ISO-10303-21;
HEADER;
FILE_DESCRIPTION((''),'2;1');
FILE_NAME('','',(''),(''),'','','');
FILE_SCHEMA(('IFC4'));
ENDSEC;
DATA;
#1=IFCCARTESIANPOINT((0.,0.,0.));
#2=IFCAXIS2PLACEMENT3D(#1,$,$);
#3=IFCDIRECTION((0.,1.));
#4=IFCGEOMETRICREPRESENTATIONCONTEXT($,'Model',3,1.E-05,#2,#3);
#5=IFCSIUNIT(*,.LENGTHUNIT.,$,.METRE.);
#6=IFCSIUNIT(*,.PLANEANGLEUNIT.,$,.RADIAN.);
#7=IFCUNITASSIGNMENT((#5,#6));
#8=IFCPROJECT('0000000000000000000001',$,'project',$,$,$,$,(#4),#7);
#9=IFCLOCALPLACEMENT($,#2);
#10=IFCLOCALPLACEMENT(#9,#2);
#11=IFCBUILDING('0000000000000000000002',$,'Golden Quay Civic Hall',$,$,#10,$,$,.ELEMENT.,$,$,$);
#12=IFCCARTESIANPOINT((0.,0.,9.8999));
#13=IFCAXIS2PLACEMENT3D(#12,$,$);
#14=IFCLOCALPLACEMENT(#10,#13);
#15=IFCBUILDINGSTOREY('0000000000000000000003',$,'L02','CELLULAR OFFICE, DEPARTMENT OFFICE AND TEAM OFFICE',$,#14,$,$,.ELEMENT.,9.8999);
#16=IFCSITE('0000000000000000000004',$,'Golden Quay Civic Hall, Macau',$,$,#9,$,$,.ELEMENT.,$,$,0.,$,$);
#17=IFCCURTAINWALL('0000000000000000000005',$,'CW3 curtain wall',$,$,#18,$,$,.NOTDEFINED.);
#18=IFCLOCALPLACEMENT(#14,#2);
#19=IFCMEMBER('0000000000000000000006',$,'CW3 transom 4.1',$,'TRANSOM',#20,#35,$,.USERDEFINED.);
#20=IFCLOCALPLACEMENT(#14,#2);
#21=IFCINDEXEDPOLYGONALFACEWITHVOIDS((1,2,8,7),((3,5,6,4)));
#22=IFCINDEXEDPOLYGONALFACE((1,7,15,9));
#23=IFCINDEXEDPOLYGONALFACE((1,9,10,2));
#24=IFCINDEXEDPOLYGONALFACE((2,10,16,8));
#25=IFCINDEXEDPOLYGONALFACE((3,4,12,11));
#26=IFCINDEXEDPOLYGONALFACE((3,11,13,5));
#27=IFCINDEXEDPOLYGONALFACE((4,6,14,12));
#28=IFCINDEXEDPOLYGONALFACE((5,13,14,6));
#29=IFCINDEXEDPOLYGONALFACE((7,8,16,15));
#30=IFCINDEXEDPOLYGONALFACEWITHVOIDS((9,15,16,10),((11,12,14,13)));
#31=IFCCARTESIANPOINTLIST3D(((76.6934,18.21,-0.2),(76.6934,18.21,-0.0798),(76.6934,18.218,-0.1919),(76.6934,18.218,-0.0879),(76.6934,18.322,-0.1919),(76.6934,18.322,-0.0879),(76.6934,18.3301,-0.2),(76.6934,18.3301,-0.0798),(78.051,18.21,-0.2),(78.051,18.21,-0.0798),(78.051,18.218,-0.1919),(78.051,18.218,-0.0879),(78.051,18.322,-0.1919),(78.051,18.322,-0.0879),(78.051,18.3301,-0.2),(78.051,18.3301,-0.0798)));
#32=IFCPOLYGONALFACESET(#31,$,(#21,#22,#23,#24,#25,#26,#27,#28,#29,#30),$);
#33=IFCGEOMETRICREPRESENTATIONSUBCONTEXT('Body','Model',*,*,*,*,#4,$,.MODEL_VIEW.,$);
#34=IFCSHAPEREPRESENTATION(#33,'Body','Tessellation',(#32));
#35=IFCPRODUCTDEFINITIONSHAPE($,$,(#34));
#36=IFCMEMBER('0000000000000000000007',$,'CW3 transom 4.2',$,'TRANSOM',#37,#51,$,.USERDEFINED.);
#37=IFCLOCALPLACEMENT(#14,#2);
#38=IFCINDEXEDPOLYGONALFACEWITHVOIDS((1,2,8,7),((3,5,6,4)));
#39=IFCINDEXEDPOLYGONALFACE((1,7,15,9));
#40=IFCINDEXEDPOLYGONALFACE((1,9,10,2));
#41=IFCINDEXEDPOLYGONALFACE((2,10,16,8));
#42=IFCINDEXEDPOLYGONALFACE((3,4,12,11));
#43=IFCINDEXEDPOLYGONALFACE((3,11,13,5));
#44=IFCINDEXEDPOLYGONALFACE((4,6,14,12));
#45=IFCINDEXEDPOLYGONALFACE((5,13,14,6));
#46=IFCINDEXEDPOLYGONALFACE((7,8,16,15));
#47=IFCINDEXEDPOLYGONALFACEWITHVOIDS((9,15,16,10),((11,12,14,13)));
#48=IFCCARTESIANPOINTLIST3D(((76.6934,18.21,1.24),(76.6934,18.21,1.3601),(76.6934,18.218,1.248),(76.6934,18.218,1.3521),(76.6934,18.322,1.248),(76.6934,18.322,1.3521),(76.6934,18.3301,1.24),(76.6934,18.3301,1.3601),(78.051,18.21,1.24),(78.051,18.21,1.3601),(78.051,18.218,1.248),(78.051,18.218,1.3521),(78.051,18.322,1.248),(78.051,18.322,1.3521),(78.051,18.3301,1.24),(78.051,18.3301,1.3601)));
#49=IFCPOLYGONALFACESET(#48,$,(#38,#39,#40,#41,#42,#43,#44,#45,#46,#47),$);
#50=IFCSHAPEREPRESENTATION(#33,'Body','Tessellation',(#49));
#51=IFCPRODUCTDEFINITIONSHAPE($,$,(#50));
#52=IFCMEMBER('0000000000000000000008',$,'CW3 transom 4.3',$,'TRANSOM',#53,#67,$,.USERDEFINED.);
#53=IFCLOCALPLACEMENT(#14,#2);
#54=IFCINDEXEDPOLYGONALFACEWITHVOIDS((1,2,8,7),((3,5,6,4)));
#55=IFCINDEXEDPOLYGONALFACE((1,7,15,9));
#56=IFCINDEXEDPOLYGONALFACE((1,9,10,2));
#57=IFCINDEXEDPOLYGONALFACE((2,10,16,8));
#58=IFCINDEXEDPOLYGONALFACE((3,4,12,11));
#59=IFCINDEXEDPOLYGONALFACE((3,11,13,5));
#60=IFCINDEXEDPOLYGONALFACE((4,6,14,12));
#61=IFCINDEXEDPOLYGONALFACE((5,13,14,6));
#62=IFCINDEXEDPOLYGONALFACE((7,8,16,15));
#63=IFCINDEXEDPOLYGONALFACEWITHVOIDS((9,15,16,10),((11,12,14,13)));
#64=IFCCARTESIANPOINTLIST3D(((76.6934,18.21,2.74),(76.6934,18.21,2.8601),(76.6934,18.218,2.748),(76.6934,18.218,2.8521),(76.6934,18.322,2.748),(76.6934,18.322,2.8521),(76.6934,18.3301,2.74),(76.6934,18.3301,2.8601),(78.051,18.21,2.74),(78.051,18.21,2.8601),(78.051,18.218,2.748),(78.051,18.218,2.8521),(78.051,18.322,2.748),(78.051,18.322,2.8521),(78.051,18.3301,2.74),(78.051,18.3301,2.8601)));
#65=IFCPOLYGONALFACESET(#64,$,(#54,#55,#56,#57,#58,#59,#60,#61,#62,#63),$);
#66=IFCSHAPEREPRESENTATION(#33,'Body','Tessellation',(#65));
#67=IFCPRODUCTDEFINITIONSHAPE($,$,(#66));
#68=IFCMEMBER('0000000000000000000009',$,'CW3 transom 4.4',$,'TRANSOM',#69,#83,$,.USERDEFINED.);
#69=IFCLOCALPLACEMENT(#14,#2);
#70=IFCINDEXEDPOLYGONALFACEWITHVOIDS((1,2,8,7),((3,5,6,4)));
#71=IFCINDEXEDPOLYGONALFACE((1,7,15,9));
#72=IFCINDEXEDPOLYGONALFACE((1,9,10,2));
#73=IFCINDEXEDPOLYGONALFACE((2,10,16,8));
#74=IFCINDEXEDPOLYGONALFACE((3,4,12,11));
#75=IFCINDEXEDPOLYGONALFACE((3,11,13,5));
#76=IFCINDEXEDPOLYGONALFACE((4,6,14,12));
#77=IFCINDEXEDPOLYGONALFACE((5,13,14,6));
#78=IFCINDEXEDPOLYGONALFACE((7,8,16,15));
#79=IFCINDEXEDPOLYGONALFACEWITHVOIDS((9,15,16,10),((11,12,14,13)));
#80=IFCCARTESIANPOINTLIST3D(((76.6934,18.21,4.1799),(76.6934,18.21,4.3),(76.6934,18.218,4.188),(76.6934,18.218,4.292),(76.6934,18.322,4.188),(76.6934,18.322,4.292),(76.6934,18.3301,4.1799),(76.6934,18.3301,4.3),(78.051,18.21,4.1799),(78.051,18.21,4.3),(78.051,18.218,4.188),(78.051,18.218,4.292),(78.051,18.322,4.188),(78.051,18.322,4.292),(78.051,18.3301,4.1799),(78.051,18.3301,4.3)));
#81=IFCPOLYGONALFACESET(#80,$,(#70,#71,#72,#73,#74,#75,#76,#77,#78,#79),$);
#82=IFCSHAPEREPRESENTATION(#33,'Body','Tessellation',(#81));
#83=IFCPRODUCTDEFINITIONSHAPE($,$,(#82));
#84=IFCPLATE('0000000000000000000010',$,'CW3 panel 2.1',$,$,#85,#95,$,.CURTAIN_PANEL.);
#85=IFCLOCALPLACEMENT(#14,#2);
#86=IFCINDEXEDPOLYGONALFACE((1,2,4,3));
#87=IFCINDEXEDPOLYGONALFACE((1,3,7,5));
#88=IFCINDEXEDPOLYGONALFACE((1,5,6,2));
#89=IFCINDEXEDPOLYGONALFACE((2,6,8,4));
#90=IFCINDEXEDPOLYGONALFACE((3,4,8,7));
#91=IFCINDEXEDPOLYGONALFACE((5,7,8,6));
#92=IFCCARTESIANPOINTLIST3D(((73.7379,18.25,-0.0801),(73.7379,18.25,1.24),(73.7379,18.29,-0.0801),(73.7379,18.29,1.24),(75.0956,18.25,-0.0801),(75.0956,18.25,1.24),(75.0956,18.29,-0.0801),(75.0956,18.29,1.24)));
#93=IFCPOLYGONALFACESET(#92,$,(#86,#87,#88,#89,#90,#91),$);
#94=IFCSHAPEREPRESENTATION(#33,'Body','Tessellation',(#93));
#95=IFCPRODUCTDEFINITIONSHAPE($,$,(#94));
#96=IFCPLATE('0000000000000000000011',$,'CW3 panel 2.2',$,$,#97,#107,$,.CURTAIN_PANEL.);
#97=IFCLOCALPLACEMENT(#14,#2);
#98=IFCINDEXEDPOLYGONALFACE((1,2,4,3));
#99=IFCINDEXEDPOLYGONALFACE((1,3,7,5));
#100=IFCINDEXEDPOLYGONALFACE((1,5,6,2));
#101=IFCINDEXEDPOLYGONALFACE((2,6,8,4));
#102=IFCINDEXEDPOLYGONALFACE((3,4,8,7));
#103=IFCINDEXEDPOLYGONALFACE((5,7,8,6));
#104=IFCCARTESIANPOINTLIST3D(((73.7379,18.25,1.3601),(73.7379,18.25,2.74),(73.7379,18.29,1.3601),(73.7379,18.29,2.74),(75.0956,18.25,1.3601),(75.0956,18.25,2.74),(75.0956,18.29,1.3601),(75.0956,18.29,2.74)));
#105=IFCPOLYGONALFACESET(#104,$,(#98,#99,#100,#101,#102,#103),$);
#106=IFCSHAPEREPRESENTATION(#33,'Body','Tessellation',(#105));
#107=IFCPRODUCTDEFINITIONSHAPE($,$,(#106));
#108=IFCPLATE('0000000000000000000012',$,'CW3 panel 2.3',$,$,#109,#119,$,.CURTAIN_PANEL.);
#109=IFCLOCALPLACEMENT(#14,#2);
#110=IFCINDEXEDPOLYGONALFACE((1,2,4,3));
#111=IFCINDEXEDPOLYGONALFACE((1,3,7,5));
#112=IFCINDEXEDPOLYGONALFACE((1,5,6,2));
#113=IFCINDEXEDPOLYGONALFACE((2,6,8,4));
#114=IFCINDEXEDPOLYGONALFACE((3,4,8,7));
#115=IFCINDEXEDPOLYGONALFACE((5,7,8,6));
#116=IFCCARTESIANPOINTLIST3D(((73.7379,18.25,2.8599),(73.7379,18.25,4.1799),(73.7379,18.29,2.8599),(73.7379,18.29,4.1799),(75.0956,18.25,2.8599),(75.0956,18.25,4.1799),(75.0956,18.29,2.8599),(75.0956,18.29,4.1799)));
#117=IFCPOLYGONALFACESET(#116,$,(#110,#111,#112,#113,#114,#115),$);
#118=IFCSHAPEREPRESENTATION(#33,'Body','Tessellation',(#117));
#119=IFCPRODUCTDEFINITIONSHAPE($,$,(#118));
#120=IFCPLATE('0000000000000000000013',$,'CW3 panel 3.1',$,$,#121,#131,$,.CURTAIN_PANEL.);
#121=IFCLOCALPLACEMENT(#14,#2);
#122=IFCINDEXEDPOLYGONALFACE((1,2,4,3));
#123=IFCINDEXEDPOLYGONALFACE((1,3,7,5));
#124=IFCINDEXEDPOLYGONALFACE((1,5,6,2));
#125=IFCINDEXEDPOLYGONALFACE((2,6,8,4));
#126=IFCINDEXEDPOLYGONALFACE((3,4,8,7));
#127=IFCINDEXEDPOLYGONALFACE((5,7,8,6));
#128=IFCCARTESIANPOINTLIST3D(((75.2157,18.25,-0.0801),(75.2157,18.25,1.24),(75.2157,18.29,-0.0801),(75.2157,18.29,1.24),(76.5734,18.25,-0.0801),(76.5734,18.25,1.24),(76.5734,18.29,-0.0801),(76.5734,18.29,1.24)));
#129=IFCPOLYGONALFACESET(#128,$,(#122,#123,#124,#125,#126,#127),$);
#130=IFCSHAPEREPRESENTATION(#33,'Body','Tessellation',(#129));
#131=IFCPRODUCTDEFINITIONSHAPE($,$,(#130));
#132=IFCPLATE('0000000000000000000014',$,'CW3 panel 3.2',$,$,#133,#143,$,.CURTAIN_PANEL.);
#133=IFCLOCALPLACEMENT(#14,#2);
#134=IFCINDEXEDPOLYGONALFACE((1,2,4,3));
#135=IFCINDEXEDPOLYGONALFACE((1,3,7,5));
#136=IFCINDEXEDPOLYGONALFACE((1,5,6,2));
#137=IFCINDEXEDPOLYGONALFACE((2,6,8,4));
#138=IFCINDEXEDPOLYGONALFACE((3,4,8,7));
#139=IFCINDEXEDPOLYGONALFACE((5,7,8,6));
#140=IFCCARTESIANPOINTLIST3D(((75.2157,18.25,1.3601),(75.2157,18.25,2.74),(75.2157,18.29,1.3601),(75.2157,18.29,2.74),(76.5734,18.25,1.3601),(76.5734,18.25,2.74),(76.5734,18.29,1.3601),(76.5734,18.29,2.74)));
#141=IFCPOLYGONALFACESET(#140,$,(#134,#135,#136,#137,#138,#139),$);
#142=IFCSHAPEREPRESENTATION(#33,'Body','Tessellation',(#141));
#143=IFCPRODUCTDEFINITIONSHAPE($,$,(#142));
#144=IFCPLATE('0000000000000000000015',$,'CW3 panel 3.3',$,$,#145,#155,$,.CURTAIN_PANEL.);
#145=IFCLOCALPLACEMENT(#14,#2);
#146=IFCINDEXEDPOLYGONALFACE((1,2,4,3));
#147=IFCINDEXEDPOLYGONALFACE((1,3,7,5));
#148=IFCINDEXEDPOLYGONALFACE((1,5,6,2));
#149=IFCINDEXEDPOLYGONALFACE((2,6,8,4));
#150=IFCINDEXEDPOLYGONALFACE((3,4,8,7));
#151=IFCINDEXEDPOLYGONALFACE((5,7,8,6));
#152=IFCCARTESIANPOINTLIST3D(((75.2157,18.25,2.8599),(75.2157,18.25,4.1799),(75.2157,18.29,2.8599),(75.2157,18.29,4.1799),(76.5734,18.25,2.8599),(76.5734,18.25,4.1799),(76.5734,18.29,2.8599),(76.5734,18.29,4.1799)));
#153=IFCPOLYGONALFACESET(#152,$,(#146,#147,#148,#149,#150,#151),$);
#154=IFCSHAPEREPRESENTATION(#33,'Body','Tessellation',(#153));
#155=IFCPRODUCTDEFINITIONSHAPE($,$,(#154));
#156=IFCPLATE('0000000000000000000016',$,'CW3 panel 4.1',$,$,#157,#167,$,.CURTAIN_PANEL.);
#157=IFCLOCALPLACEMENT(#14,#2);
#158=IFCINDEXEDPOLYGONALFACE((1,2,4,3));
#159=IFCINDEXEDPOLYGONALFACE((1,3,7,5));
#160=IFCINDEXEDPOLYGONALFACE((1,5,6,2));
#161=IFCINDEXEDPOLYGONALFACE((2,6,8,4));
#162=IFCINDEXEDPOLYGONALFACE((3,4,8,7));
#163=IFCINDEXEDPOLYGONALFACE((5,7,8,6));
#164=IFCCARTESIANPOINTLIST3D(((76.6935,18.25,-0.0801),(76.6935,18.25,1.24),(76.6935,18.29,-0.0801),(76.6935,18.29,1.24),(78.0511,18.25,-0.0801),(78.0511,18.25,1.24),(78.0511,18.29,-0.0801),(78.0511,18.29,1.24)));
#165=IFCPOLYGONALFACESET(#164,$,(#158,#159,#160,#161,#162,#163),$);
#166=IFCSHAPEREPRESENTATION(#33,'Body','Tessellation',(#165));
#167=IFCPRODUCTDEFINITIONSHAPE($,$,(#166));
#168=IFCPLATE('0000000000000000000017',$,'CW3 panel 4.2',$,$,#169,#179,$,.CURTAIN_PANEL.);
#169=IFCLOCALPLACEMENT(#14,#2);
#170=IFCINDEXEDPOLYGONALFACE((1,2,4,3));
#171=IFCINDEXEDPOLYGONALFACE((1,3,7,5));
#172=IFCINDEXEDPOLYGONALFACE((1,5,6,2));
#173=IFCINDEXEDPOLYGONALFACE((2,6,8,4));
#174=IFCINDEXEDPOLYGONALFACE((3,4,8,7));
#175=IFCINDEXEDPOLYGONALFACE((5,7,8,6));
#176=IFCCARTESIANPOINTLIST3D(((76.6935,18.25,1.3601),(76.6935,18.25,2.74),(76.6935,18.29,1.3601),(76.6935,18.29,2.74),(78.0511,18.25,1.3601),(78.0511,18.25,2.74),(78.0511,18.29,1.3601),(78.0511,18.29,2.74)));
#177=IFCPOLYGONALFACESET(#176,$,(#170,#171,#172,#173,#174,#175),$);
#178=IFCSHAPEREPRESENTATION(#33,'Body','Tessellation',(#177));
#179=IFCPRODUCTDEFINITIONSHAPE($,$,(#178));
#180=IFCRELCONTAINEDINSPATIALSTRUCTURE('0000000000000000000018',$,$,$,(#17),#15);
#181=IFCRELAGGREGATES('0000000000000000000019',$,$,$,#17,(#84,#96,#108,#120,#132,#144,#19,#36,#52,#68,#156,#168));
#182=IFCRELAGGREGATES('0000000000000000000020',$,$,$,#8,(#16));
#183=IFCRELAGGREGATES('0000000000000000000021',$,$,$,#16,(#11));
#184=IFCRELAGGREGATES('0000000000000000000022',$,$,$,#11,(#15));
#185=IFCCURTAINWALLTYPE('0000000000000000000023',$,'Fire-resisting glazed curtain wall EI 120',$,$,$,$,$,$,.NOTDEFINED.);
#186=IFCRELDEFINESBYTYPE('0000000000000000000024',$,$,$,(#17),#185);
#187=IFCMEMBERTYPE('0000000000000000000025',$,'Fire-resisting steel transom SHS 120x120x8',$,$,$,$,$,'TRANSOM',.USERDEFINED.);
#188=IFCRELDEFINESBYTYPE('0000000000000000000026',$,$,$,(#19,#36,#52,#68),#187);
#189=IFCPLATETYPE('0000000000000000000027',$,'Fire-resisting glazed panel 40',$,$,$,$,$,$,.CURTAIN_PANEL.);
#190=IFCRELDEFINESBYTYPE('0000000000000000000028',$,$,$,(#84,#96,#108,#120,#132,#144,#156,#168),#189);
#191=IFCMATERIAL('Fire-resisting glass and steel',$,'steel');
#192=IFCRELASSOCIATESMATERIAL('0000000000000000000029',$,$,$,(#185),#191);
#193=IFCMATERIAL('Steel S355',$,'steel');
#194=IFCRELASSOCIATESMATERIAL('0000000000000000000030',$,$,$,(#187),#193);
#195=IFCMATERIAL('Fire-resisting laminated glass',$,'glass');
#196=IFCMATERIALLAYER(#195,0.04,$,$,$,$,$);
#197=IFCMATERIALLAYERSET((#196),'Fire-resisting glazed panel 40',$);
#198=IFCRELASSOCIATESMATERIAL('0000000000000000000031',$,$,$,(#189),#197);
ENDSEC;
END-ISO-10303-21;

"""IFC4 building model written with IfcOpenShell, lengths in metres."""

from ifc_helpers import new_model, si_unit, direction, frame, origin, origin_2d, place, context, subcontext, project, spatial, rectangle, hollow_rectangle, extrude, material, layer, layer_set, material_profile, profile_set, type_object, element, aggregate, save


model = new_model("IFC4")

# Units and contexts
model_context = context("Model", 3, precision=1e-05, world=origin(), true_north=direction((0.0, 1.0)))
body_context = subcontext(model_context, "Body", "Model", "MODEL_VIEW")
ifc_project = project(units=[si_unit("LENGTHUNIT", "METRE"), si_unit("PLANEANGLEUNIT", "RADIAN")], contexts=[model_context])

# Site, building, storey
site_placement = place(None, origin())
site = spatial("IfcSite", under=ifc_project, at=site_placement, Name="Golden Quay Civic Hall, Macau", CompositionType="ELEMENT", RefElevation=0.0)
building_placement = place(site_placement, origin())
building = spatial("IfcBuilding", under=site, at=building_placement, Name="Golden Quay Civic Hall", CompositionType="ELEMENT")
storey_placement = place(building_placement, frame((0.0, 0.0, 9.8999)))
storey = spatial("IfcBuildingStorey", under=building, at=storey_placement, Name="L02", Description="CELLULAR OFFICE, DEPARTMENT OFFICE AND TEAM OFFICE", CompositionType="ELEMENT", Elevation=9.8999)

# Curtain wall, members, plates
ifc_material_1 = material(Name="Fire-resisting glass and steel", Category="steel")
curtain_wall_type = type_object("IfcCurtainWallType", Name="Fire-resisting glazed curtain wall EI 120", PredefinedType="NOTDEFINED", material=ifc_material_1)
curtain_wall_placement = place(storey_placement, origin())
curtain_wall = element("IfcCurtainWall", 1, at=curtain_wall_placement, inside=storey, type_object=curtain_wall_type, Name="CW3 curtain wall", PredefinedType="NOTDEFINED")
ifc_material_2 = material(Name="Steel S355", Category="steel")
ifc_material_profile_1 = material_profile(ifc_material_2, hollow_rectangle(XDim=0.1201, YDim=0.1201, WallThickness=0.0081, at=origin_2d()), Name="SHS 120x120x8")
ifc_profile_set_1 = profile_set([ifc_material_profile_1], Name="Steel S355")
member_type_1 = type_object("IfcMemberType", Name="Fire-resisting steel transom SHS 120x120x8", ElementType="TRANSOM", PredefinedType="USERDEFINED", material=ifc_profile_set_1)
member_1_placement = place(storey_placement, frame((76.6934, 18.27, -0.1399), z_axis=(1.0, 0.0, 0.0), x_axis=(0.0, 1.0, 0.0)))
member_1 = element("IfcMember", 2, at=member_1_placement, type_object=member_type_1, Name="CW3 transom 4.1", ObjectType="TRANSOM", PredefinedType="USERDEFINED", context=body_context, shape_type="SweptSolid", body=[
    extrude(hollow_rectangle(XDim=0.1201, YDim=0.1201, WallThickness=0.0081, at=origin_2d()), origin(), (0.0, 0.0, 1.0), 1.3577),
])
member_2_placement = place(storey_placement, frame((76.6934, 18.27, 1.3), z_axis=(1.0, 0.0, 0.0), x_axis=(0.0, 1.0, 0.0)))
member_2 = element("IfcMember", 3, at=member_2_placement, type_object=member_type_1, Name="CW3 transom 4.2", ObjectType="TRANSOM", PredefinedType="USERDEFINED", context=body_context, shape_type="SweptSolid", body=[
    extrude(hollow_rectangle(XDim=0.1201, YDim=0.1201, WallThickness=0.0081, at=origin_2d()), origin(), (0.0, 0.0, 1.0), 1.3577),
])
member_3_placement = place(storey_placement, frame((76.6934, 18.27, 2.8), z_axis=(1.0, 0.0, 0.0), x_axis=(0.0, 1.0, 0.0)))
member_3 = element("IfcMember", 4, at=member_3_placement, type_object=member_type_1, Name="CW3 transom 4.3", ObjectType="TRANSOM", PredefinedType="USERDEFINED", context=body_context, shape_type="SweptSolid", body=[
    extrude(hollow_rectangle(XDim=0.1201, YDim=0.1201, WallThickness=0.0081, at=origin_2d()), origin(), (0.0, 0.0, 1.0), 1.3577),
])
member_4_placement = place(storey_placement, frame((76.6934, 18.27, 4.24), z_axis=(1.0, 0.0, 0.0), x_axis=(0.0, 1.0, 0.0)))
member_4 = element("IfcMember", 5, at=member_4_placement, type_object=member_type_1, Name="CW3 transom 4.4", ObjectType="TRANSOM", PredefinedType="USERDEFINED", context=body_context, shape_type="SweptSolid", body=[
    extrude(hollow_rectangle(XDim=0.1201, YDim=0.1201, WallThickness=0.0081, at=origin_2d()), origin(), (0.0, 0.0, 1.0), 1.3577),
])
ifc_material_3 = material(Name="Fire-resisting laminated glass", Category="glass")
ifc_layer = layer(ifc_material_3, 0.04)
ifc_layer_set = layer_set([ifc_layer], Name="Fire-resisting glazed panel 40")
plate_type = type_object("IfcPlateType", Name="Fire-resisting glazed panel 40", PredefinedType="CURTAIN_PANEL", material=ifc_layer_set)
plate_1_placement = place(storey_placement, frame((74.4167, 18.27, -0.0801), z_axis=(0.0, 0.0, 1.0), x_axis=(1.0, 0.0, 0.0)))
plate_1 = element("IfcPlate", 6, at=plate_1_placement, type_object=plate_type, Name="CW3 panel 2.1", PredefinedType="CURTAIN_PANEL", context=body_context, shape_type="SweptSolid", body=[
    extrude(rectangle(XDim=1.3577, YDim=0.04, at=origin_2d()), origin(), (0.0, 0.0, 1.0), 1.3201),
])
plate_2_placement = place(storey_placement, frame((74.4167, 18.27, 1.3601), z_axis=(0.0, 0.0, 1.0), x_axis=(1.0, 0.0, 0.0)))
plate_2 = element("IfcPlate", 7, at=plate_2_placement, type_object=plate_type, Name="CW3 panel 2.2", PredefinedType="CURTAIN_PANEL", context=body_context, shape_type="SweptSolid", body=[
    extrude(rectangle(XDim=1.3577, YDim=0.04, at=origin_2d()), origin(), (0.0, 0.0, 1.0), 1.3799),
])
plate_3_placement = place(storey_placement, frame((74.4167, 18.27, 2.8599), z_axis=(0.0, 0.0, 1.0), x_axis=(1.0, 0.0, 0.0)))
plate_3 = element("IfcPlate", 8, at=plate_3_placement, type_object=plate_type, Name="CW3 panel 2.3", PredefinedType="CURTAIN_PANEL", context=body_context, shape_type="SweptSolid", body=[
    extrude(rectangle(XDim=1.3577, YDim=0.04, at=origin_2d()), origin(), (0.0, 0.0, 1.0), 1.3201),
])
plate_4_placement = place(storey_placement, frame((75.8945, 18.27, -0.0801), z_axis=(0.0, 0.0, 1.0), x_axis=(1.0, 0.0, 0.0)))
plate_4 = element("IfcPlate", 9, at=plate_4_placement, type_object=plate_type, Name="CW3 panel 3.1", PredefinedType="CURTAIN_PANEL", context=body_context, shape_type="SweptSolid", body=[
    extrude(rectangle(XDim=1.3577, YDim=0.04, at=origin_2d()), origin(), (0.0, 0.0, 1.0), 1.3201),
])
plate_5_placement = place(storey_placement, frame((75.8945, 18.27, 1.3601), z_axis=(0.0, 0.0, 1.0), x_axis=(1.0, 0.0, 0.0)))
plate_5 = element("IfcPlate", 10, at=plate_5_placement, type_object=plate_type, Name="CW3 panel 3.2", PredefinedType="CURTAIN_PANEL", context=body_context, shape_type="SweptSolid", body=[
    extrude(rectangle(XDim=1.3577, YDim=0.04, at=origin_2d()), origin(), (0.0, 0.0, 1.0), 1.3799),
])
plate_6_placement = place(storey_placement, frame((75.8945, 18.27, 2.8599), z_axis=(0.0, 0.0, 1.0), x_axis=(1.0, 0.0, 0.0)))
plate_6 = element("IfcPlate", 11, at=plate_6_placement, type_object=plate_type, Name="CW3 panel 3.3", PredefinedType="CURTAIN_PANEL", context=body_context, shape_type="SweptSolid", body=[
    extrude(rectangle(XDim=1.3577, YDim=0.04, at=origin_2d()), origin(), (0.0, 0.0, 1.0), 1.3201),
])
plate_7_placement = place(storey_placement, frame((77.3723, 18.27, -0.0801), z_axis=(0.0, 0.0, 1.0), x_axis=(1.0, 0.0, 0.0)))
plate_7 = element("IfcPlate", 12, at=plate_7_placement, type_object=plate_type, Name="CW3 panel 4.1", PredefinedType="CURTAIN_PANEL", context=body_context, shape_type="SweptSolid", body=[
    extrude(rectangle(XDim=1.3577, YDim=0.04, at=origin_2d()), origin(), (0.0, 0.0, 1.0), 1.3201),
])
plate_8_placement = place(storey_placement, frame((77.3723, 18.27, 1.3601), z_axis=(0.0, 0.0, 1.0), x_axis=(1.0, 0.0, 0.0)))
plate_8 = element("IfcPlate", 13, at=plate_8_placement, type_object=plate_type, Name="CW3 panel 4.2", PredefinedType="CURTAIN_PANEL", context=body_context, shape_type="SweptSolid", body=[
    extrude(rectangle(XDim=1.3577, YDim=0.04, at=origin_2d()), origin(), (0.0, 0.0, 1.0), 1.3799),
])
aggregate(curtain_wall, [plate_1, plate_2, plate_3, plate_4, plate_5, plate_6, member_1, member_2, member_3, member_4, plate_7, plate_8])

save(model, "model.ifc")
